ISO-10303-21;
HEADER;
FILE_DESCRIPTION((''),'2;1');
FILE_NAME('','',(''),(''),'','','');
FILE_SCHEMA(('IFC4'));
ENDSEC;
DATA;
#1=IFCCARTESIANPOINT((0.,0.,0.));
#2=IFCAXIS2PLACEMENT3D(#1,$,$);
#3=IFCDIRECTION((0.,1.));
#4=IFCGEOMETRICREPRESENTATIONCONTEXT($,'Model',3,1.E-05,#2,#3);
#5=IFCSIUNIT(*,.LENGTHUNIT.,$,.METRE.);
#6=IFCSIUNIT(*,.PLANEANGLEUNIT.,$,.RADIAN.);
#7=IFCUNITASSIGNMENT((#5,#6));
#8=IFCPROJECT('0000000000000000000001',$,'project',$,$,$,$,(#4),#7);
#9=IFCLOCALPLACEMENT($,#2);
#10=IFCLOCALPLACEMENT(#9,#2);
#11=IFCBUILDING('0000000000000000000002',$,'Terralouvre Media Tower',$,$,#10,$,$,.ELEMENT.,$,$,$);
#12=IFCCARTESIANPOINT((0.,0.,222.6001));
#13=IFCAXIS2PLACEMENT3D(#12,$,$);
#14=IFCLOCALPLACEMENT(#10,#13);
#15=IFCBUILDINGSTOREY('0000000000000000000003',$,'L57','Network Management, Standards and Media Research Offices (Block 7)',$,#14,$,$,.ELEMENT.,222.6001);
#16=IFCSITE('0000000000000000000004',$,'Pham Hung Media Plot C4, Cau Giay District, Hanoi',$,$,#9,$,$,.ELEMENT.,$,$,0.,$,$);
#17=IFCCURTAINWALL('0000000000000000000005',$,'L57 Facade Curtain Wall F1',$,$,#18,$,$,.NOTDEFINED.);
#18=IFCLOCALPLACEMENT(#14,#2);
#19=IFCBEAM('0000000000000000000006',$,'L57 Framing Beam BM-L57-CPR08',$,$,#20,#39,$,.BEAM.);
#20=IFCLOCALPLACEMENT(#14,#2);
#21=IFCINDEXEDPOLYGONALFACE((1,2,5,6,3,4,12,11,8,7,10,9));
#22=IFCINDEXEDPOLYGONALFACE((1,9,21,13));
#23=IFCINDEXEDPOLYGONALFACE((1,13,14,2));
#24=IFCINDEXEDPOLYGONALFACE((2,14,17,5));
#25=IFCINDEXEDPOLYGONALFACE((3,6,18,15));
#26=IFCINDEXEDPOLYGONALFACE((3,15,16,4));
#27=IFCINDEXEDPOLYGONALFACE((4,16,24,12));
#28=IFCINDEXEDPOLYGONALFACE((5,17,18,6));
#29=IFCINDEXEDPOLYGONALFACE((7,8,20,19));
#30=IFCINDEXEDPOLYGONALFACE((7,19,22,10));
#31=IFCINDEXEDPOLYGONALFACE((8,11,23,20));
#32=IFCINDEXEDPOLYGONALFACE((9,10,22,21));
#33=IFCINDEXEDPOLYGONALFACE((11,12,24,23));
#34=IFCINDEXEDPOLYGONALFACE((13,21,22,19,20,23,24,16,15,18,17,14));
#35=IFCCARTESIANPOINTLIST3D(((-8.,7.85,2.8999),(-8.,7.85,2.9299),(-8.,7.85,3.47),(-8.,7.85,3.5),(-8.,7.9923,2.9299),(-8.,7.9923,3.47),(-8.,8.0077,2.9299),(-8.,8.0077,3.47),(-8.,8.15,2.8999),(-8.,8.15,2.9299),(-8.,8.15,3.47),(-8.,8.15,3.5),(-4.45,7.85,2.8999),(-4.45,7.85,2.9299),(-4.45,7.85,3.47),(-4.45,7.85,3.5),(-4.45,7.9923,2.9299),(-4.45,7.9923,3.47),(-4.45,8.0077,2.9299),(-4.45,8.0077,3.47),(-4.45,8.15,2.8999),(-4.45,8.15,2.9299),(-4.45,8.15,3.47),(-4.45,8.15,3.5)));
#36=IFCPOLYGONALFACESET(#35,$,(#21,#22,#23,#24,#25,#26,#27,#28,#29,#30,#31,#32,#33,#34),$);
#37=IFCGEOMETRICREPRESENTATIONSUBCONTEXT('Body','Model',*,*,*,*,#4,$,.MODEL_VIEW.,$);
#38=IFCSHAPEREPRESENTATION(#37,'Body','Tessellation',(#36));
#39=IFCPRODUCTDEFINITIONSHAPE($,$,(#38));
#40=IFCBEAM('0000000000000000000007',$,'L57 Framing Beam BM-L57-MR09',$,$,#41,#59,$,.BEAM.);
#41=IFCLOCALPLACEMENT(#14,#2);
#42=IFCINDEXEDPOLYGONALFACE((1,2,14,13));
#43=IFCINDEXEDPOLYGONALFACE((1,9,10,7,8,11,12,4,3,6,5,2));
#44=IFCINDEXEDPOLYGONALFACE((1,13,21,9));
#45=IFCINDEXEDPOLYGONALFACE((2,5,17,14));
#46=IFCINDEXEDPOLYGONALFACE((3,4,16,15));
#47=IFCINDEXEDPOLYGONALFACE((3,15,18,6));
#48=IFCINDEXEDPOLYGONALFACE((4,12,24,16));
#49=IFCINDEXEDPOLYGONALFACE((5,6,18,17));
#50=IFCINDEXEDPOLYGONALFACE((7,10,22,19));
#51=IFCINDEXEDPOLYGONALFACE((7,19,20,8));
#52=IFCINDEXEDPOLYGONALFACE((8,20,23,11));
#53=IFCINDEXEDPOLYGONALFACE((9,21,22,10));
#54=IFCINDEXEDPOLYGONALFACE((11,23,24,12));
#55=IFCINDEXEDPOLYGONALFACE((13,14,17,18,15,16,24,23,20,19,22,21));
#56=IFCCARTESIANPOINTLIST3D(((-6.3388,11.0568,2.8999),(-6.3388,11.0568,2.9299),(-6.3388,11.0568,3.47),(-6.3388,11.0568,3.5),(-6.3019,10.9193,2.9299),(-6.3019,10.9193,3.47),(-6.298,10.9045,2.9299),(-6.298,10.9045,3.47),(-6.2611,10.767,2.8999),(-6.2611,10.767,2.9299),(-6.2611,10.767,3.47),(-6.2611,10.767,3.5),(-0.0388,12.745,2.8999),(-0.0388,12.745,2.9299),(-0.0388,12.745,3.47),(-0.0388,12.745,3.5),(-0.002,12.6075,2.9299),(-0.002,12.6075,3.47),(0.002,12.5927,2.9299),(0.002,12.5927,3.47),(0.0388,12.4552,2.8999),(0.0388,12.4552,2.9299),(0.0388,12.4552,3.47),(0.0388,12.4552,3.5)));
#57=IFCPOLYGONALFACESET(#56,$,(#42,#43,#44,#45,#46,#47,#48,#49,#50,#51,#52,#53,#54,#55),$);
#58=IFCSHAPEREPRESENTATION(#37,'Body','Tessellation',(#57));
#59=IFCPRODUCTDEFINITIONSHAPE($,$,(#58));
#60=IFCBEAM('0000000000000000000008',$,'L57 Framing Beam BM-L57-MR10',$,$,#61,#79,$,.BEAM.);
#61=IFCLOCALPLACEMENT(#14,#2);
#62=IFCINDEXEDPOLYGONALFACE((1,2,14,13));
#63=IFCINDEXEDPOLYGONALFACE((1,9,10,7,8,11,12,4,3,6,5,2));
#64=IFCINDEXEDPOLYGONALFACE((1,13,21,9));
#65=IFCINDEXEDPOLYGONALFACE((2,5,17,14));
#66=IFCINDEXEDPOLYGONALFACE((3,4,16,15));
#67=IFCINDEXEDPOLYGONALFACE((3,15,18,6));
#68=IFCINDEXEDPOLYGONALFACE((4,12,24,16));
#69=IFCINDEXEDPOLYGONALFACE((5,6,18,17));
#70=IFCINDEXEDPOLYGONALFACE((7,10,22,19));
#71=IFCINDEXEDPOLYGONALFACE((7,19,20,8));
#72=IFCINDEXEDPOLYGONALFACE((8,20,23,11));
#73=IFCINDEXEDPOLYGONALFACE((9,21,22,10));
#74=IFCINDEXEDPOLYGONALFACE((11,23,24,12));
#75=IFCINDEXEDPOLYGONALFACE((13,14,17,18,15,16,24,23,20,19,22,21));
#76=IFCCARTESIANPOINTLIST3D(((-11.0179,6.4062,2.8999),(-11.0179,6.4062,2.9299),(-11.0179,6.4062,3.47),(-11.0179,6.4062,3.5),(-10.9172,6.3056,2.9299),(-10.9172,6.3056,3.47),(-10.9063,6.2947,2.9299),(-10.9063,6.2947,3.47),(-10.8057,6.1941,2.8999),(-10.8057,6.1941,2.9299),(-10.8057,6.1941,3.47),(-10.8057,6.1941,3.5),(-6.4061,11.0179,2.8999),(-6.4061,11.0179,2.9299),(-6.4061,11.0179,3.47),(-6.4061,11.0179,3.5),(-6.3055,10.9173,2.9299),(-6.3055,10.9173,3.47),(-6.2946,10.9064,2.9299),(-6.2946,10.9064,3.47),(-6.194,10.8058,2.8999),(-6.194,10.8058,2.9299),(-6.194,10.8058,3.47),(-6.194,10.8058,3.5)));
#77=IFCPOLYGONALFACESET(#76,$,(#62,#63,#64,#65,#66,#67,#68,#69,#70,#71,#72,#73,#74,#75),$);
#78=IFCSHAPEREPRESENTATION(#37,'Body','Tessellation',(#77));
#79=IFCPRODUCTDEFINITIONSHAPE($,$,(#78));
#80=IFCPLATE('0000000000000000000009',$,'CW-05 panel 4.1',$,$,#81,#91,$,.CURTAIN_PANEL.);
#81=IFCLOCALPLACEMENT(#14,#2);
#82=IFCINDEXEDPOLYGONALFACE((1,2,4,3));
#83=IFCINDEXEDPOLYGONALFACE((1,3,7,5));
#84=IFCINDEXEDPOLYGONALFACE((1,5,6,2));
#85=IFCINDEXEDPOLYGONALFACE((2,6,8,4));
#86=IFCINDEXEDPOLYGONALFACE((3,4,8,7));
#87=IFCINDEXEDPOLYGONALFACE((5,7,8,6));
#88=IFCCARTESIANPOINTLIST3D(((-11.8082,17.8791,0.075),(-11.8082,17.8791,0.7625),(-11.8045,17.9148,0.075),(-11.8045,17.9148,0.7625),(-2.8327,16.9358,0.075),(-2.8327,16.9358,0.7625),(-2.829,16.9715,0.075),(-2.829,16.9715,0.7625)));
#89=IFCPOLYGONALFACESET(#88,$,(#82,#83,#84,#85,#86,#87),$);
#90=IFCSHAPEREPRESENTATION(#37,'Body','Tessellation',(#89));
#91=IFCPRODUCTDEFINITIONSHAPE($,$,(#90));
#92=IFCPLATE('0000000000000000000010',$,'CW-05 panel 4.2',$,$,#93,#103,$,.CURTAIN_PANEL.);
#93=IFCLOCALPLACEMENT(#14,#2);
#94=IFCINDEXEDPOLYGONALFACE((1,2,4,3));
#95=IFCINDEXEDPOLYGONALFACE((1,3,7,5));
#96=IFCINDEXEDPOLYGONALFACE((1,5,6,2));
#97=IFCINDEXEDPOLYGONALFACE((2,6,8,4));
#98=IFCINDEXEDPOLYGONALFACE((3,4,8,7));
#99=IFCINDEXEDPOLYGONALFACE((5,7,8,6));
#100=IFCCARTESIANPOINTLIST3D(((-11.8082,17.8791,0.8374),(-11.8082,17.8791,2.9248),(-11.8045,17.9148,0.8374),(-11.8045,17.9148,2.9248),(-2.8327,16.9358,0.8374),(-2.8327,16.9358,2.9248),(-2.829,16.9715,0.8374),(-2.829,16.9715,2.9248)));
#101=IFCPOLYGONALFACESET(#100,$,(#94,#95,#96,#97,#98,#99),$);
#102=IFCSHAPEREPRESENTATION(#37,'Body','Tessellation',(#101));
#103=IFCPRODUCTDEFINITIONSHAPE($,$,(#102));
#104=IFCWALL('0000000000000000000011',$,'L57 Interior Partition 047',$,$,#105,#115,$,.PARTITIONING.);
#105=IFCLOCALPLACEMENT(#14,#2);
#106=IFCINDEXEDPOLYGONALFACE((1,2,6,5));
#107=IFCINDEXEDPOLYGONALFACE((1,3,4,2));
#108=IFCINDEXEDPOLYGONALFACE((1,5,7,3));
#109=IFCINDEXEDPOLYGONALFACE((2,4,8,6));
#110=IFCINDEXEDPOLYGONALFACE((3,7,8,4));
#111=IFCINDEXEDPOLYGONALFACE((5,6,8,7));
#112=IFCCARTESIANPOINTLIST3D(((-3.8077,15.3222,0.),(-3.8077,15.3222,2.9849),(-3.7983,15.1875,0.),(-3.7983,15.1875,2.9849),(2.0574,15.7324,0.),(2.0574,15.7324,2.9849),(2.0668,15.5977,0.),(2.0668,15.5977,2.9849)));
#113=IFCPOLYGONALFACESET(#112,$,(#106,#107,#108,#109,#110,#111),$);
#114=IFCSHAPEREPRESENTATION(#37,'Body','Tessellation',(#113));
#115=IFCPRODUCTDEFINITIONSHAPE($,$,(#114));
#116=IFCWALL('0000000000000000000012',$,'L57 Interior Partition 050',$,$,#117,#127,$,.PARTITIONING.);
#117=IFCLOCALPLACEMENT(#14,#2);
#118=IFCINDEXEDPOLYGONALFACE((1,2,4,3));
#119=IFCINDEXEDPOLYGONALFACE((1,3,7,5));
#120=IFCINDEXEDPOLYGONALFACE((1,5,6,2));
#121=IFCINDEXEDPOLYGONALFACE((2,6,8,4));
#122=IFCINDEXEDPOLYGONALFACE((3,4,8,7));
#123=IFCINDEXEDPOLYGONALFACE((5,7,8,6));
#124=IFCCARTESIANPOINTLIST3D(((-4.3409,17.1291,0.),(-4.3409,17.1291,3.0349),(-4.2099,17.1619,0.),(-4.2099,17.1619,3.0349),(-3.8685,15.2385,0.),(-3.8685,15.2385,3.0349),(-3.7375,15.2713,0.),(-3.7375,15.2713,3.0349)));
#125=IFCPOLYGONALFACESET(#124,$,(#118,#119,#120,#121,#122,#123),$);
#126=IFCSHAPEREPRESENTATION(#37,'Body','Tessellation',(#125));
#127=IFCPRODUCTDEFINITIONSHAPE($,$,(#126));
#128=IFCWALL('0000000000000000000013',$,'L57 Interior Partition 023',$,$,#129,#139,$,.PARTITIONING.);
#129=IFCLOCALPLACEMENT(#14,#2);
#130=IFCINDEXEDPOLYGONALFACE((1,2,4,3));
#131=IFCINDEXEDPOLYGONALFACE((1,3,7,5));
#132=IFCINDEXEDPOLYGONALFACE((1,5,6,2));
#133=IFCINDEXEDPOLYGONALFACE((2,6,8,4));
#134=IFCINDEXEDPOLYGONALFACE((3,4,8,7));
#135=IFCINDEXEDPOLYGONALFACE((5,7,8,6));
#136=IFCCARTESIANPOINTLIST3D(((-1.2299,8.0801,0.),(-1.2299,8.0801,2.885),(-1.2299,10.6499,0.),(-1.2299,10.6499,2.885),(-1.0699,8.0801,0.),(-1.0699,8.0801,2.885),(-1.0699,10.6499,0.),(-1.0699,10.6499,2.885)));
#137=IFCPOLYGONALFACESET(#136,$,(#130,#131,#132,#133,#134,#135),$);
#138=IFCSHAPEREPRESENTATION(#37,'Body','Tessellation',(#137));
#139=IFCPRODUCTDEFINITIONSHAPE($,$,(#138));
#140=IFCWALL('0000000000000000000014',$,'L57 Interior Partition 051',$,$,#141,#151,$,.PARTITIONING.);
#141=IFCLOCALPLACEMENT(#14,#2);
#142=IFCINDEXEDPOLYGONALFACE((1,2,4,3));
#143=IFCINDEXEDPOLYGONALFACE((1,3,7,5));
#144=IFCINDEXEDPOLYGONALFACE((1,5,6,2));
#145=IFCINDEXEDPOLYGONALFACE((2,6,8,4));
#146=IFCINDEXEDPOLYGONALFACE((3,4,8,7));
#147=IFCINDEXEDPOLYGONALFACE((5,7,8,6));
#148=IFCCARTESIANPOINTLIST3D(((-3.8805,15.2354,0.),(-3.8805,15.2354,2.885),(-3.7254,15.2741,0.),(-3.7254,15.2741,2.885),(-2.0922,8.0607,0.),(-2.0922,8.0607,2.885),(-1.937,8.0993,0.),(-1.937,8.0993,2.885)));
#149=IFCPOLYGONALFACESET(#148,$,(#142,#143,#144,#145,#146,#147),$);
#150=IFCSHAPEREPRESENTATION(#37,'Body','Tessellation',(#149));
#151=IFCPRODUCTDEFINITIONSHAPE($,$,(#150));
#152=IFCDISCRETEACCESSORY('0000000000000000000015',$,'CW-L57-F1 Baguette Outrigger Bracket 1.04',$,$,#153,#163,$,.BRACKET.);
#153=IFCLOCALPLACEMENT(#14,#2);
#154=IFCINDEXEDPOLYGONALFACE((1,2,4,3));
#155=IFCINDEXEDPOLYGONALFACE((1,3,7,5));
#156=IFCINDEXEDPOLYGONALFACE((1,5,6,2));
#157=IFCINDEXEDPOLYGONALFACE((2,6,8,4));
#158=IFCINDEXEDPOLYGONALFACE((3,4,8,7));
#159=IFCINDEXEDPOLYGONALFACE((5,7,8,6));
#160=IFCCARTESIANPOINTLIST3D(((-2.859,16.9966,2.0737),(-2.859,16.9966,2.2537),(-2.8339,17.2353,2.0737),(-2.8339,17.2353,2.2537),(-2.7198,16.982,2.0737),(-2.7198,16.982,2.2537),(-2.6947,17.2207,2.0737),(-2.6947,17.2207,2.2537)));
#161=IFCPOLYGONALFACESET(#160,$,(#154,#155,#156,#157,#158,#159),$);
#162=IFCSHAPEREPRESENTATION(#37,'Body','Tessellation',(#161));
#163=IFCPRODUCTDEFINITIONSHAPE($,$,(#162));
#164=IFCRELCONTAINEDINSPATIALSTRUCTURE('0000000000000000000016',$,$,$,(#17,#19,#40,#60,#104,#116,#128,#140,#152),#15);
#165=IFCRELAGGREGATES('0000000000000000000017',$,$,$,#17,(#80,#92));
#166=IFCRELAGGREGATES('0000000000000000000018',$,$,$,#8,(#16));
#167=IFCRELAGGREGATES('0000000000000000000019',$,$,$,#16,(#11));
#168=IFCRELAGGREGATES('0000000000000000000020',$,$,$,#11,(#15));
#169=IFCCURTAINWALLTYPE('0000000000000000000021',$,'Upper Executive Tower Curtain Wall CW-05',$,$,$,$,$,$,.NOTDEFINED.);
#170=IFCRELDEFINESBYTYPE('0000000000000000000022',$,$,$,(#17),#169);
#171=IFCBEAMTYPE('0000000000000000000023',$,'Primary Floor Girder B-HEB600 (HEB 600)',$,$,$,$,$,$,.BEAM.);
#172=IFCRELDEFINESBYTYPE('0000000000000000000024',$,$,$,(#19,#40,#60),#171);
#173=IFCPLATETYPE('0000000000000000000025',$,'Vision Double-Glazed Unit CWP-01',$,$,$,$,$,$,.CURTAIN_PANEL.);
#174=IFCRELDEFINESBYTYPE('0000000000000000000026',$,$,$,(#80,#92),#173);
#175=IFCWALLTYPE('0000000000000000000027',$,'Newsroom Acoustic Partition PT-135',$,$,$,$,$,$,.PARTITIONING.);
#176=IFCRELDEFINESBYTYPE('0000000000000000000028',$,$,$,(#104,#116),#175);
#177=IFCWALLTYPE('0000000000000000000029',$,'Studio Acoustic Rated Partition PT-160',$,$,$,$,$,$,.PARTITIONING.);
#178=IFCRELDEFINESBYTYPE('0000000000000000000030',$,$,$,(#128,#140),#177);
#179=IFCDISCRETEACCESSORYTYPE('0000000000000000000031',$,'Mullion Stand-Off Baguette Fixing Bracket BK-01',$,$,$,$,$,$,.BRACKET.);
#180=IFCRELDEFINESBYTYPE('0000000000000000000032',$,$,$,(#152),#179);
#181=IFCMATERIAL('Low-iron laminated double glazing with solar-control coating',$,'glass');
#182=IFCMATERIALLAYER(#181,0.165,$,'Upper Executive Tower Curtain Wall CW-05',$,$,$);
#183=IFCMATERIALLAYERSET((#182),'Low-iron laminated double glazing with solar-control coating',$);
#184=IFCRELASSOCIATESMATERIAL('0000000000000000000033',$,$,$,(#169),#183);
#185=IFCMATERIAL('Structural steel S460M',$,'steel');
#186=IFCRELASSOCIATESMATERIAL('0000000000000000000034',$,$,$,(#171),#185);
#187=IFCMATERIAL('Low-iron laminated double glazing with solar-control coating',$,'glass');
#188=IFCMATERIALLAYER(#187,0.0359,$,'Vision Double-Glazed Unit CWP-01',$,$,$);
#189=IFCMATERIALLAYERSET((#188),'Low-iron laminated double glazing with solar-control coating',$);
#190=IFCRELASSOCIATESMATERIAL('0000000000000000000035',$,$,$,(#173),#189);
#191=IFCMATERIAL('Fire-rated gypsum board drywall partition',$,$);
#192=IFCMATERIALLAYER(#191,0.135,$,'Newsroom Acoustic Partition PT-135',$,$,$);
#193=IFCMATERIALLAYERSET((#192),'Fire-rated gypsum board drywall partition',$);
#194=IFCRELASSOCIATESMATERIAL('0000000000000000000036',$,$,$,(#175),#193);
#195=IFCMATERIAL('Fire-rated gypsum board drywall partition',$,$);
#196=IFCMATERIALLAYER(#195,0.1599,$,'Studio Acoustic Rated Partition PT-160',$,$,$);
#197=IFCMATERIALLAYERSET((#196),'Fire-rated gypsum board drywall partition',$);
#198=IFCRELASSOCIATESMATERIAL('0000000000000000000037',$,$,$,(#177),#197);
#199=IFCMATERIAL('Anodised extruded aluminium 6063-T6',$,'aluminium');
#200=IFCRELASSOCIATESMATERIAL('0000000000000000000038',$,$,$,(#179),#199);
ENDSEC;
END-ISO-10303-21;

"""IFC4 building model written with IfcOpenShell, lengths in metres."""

from ifc_helpers import new_model, si_unit, direction, frame, frame_2d, origin, origin_2d, place, context, subcontext, project, spatial, rectangle, i_section, extrude, material, layer, layer_set, material_profile, profile_set, type_object, element, aggregate, save


model = new_model("IFC4")

# Units and contexts
model_context = context("Model", 3, precision=1e-05, world=origin(), true_north=direction((0.0, 1.0)))
body_context = subcontext(model_context, "Body", "Model", "MODEL_VIEW")
ifc_project = project(units=[si_unit("LENGTHUNIT", "METRE"), si_unit("PLANEANGLEUNIT", "RADIAN")], contexts=[model_context])

# Site, building, storey
site_placement = place(None, origin())
site = spatial("IfcSite", under=ifc_project, at=site_placement, Name="Pham Hung Media Plot C4, Cau Giay District, Hanoi", CompositionType="ELEMENT", RefElevation=0.0)
building_placement = place(site_placement, origin())
building = spatial("IfcBuilding", under=site, at=building_placement, Name="Terralouvre Media Tower", CompositionType="ELEMENT")
storey_placement = place(building_placement, frame((0.0, 0.0, 222.6001)))
storey = spatial("IfcBuildingStorey", under=building, at=storey_placement, Name="L57", Description="Network Management, Standards and Media Research Offices (Block 7)", CompositionType="ELEMENT", Elevation=222.6001)

# Curtain wall
ifc_material_1 = material(Name="Low-iron laminated double glazing with solar-control coating", Category="glass")
ifc_layer_1 = layer(ifc_material_1, 0.165, Name="Upper Executive Tower Curtain Wall CW-05")
ifc_layer_set_1 = layer_set([ifc_layer_1], Name="Low-iron laminated double glazing with solar-control coating")
curtain_wall_type = type_object("IfcCurtainWallType", Name="Upper Executive Tower Curtain Wall CW-05", PredefinedType="NOTDEFINED", material=ifc_layer_set_1)
curtain_wall_placement = place(storey_placement, origin())
curtain_wall = element("IfcCurtainWall", 1, at=curtain_wall_placement, inside=storey, type_object=curtain_wall_type, Name="L57 Facade Curtain Wall F1", PredefinedType="NOTDEFINED")

# Beams
ifc_material_2 = material(Name="Structural steel S460M", Category="steel")
ifc_material_profile_1 = material_profile(ifc_material_2, i_section(OverallWidth=0.3, OverallDepth=0.6001, WebThickness=0.0154, FlangeThickness=0.03, at=origin_2d()), Name="HEB 600")
ifc_profile_set_1 = profile_set([ifc_material_profile_1], Name="Structural steel S460M")
beam_type_1 = type_object("IfcBeamType", Name="Primary Floor Girder B-HEB600 (HEB 600)", PredefinedType="BEAM", material=ifc_profile_set_1)
beam_1_placement = place(storey_placement, frame((-4.45, 8.0, 3.2), z_axis=(-1.0, 0.0, 0.0), x_axis=(0.0, -1.0, 0.0)))
element("IfcBeam", 2, at=beam_1_placement, inside=storey, type_object=beam_type_1, Name="L57 Framing Beam BM-L57-CPR08", PredefinedType="BEAM", context=body_context, shape_type="SweptSolid", body=[
    extrude(i_section(OverallWidth=0.3, OverallDepth=0.6001, WebThickness=0.0154, FlangeThickness=0.03, at=origin_2d()), origin(), (0.0, 0.0, 1.0), 3.55),
])
beam_2_placement = place(storey_placement, frame((0.0, 12.6001, 3.2), z_axis=(-0.96592, -0.258839, 0.0), x_axis=(0.258839, -0.96592, 0.0)))
element("IfcBeam", 3, at=beam_2_placement, inside=storey, type_object=beam_type_1, Name="L57 Framing Beam BM-L57-MR09", PredefinedType="BEAM", context=body_context, shape_type="SweptSolid", body=[
    extrude(i_section(OverallWidth=0.3, OverallDepth=0.6001, WebThickness=0.0154, FlangeThickness=0.03, at=origin_2d()), origin(), (0.0, 0.0, 1.0), 6.5222),
])
beam_3_placement = place(storey_placement, frame((-6.3, 10.9119, 3.2), z_axis=(-0.707107, -0.707107, 0.0), x_axis=(0.707107, -0.707107, 0.0)))
element("IfcBeam", 4, at=beam_3_placement, inside=storey, type_object=beam_type_1, Name="L57 Framing Beam BM-L57-MR10", PredefinedType="BEAM", context=body_context, shape_type="SweptSolid", body=[
    extrude(i_section(OverallWidth=0.3, OverallDepth=0.6001, WebThickness=0.0154, FlangeThickness=0.03, at=origin_2d()), origin(), (0.0, 0.0, 1.0), 6.522),
])

# Plates
ifc_material_3 = material(Name="Low-iron laminated double glazing with solar-control coating", Category="glass")
ifc_layer_2 = layer(ifc_material_3, 0.0359, Name="Vision Double-Glazed Unit CWP-01")
ifc_layer_set_2 = layer_set([ifc_layer_2], Name="Low-iron laminated double glazing with solar-control coating")
plate_type = type_object("IfcPlateType", Name="Vision Double-Glazed Unit CWP-01", PredefinedType="CURTAIN_PANEL", material=ifc_layer_set_2)
plate_1_placement = place(storey_placement, frame((-7.3186, 17.4253, 0.075), z_axis=(0.0, 0.0, 1.0), x_axis=(-0.994522, 0.104529, 0.0)))
plate_1 = element("IfcPlate", 5, at=plate_1_placement, type_object=plate_type, Name="CW-05 panel 4.1", PredefinedType="CURTAIN_PANEL", context=body_context, shape_type="SweptSolid", body=[
    extrude(rectangle(XDim=9.0249, YDim=0.0359, at=origin_2d()), origin(), (0.0, 0.0, 1.0), 0.6875),
])
plate_2_placement = place(storey_placement, frame((-7.3186, 17.4253, 0.8374), z_axis=(0.0, 0.0, 1.0), x_axis=(-0.994522, 0.104529, 0.0)))
plate_2 = element("IfcPlate", 6, at=plate_2_placement, type_object=plate_type, Name="CW-05 panel 4.2", PredefinedType="CURTAIN_PANEL", context=body_context, shape_type="SweptSolid", body=[
    extrude(rectangle(XDim=9.0249, YDim=0.0359, at=origin_2d()), origin(), (0.0, 0.0, 1.0), 2.0874),
])
aggregate(curtain_wall, [plate_1, plate_2])

# Walls
ifc_material_4 = material(Name="Fire-rated gypsum board drywall partition")
ifc_layer_3 = layer(ifc_material_4, 0.135, Name="Newsroom Acoustic Partition PT-135")
ifc_layer_set_3 = layer_set([ifc_layer_3], Name="Fire-rated gypsum board drywall partition")
wall_type_1 = type_object("IfcWallType", Name="Newsroom Acoustic Partition PT-135", PredefinedType="PARTITIONING", material=ifc_layer_set_3)
wall_1_placement = place(storey_placement, frame((-3.803, 15.2549, 0.0), z_axis=(0.0, 0.0, 1.0), x_axis=(0.997564, 0.069763, 0.0)))
element("IfcWall", 7, at=wall_1_placement, inside=storey, type_object=wall_type_1, Name="L57 Interior Partition 047", PredefinedType="PARTITIONING", context=body_context, shape_type="SweptSolid", body=[
    extrude(rectangle(XDim=5.8794, YDim=0.135, at=frame_2d((2.9397, 0.0))), origin(), (0.0, 0.0, 1.0), 2.9849),
])
wall_2_placement = place(storey_placement, frame((-4.2754, 17.1455, 0.0), z_axis=(0.0, 0.0, 1.0), x_axis=(0.242418, -0.970172, 0.0)))
element("IfcWall", 8, at=wall_2_placement, inside=storey, type_object=wall_type_1, Name="L57 Interior Partition 050", PredefinedType="PARTITIONING", context=body_context, shape_type="SweptSolid", body=[
    extrude(rectangle(XDim=1.9487, YDim=0.135, at=frame_2d((0.9744, 0.0))), origin(), (0.0, 0.0, 1.0), 3.0349),
])
ifc_material_5 = material(Name="Fire-rated gypsum board drywall partition")
ifc_layer_4 = layer(ifc_material_5, 0.1599, Name="Studio Acoustic Rated Partition PT-160")
ifc_layer_set_4 = layer_set([ifc_layer_4], Name="Fire-rated gypsum board drywall partition")
wall_type_2 = type_object("IfcWallType", Name="Studio Acoustic Rated Partition PT-160", PredefinedType="PARTITIONING", material=ifc_layer_set_4)
wall_3_placement = place(storey_placement, frame((-1.1499, 10.6499, 0.0), z_axis=(0.0, 0.0, 1.0), x_axis=(0.0, -1.0, 0.0)))
element("IfcWall", 9, at=wall_3_placement, inside=storey, type_object=wall_type_2, Name="L57 Interior Partition 023", PredefinedType="PARTITIONING", context=body_context, shape_type="SweptSolid", body=[
    extrude(rectangle(XDim=2.5698, YDim=0.1599, at=frame_2d((1.2849, 0.0))), origin(), (0.0, 0.0, 1.0), 2.885),
])
wall_4_placement = place(storey_placement, frame((-3.803, 15.2549, 0.0), z_axis=(0.0, 0.0, 1.0), x_axis=(0.241852, -0.970313, 0.0)))
element("IfcWall", 10, at=wall_4_placement, inside=storey, type_object=wall_type_2, Name="L57 Interior Partition 051", PredefinedType="PARTITIONING", context=body_context, shape_type="SweptSolid", body=[
    extrude(rectangle(XDim=7.3943, YDim=0.1599, at=frame_2d((3.6973, 0.0))), origin(), (0.0, 0.0, 1.0), 2.885),
])

# Discrete accessory
ifc_material_6 = material(Name="Anodised extruded aluminium 6063-T6", Category="aluminium")
discrete_accessory_type = type_object("IfcDiscreteAccessoryType", Name="Mullion Stand-Off Baguette Fixing Bracket BK-01", PredefinedType="BRACKET", material=ifc_material_6)
discrete_accessory_placement = place(storey_placement, frame((-2.7769, 17.1086, 2.0737), z_axis=(0.0, 0.0, 1.0), x_axis=(-0.994522, 0.104529, 0.0)))
element("IfcDiscreteAccessory", 11, at=discrete_accessory_placement, inside=storey, type_object=discrete_accessory_type, Name="CW-L57-F1 Baguette Outrigger Bracket 1.04", PredefinedType="BRACKET", context=body_context, shape_type="SweptSolid", body=[
    extrude(rectangle(XDim=0.1399, YDim=0.24, at=origin_2d()), origin(), (0.0, 0.0, 1.0), 0.1799),
])

save(model, "model.ifc")
